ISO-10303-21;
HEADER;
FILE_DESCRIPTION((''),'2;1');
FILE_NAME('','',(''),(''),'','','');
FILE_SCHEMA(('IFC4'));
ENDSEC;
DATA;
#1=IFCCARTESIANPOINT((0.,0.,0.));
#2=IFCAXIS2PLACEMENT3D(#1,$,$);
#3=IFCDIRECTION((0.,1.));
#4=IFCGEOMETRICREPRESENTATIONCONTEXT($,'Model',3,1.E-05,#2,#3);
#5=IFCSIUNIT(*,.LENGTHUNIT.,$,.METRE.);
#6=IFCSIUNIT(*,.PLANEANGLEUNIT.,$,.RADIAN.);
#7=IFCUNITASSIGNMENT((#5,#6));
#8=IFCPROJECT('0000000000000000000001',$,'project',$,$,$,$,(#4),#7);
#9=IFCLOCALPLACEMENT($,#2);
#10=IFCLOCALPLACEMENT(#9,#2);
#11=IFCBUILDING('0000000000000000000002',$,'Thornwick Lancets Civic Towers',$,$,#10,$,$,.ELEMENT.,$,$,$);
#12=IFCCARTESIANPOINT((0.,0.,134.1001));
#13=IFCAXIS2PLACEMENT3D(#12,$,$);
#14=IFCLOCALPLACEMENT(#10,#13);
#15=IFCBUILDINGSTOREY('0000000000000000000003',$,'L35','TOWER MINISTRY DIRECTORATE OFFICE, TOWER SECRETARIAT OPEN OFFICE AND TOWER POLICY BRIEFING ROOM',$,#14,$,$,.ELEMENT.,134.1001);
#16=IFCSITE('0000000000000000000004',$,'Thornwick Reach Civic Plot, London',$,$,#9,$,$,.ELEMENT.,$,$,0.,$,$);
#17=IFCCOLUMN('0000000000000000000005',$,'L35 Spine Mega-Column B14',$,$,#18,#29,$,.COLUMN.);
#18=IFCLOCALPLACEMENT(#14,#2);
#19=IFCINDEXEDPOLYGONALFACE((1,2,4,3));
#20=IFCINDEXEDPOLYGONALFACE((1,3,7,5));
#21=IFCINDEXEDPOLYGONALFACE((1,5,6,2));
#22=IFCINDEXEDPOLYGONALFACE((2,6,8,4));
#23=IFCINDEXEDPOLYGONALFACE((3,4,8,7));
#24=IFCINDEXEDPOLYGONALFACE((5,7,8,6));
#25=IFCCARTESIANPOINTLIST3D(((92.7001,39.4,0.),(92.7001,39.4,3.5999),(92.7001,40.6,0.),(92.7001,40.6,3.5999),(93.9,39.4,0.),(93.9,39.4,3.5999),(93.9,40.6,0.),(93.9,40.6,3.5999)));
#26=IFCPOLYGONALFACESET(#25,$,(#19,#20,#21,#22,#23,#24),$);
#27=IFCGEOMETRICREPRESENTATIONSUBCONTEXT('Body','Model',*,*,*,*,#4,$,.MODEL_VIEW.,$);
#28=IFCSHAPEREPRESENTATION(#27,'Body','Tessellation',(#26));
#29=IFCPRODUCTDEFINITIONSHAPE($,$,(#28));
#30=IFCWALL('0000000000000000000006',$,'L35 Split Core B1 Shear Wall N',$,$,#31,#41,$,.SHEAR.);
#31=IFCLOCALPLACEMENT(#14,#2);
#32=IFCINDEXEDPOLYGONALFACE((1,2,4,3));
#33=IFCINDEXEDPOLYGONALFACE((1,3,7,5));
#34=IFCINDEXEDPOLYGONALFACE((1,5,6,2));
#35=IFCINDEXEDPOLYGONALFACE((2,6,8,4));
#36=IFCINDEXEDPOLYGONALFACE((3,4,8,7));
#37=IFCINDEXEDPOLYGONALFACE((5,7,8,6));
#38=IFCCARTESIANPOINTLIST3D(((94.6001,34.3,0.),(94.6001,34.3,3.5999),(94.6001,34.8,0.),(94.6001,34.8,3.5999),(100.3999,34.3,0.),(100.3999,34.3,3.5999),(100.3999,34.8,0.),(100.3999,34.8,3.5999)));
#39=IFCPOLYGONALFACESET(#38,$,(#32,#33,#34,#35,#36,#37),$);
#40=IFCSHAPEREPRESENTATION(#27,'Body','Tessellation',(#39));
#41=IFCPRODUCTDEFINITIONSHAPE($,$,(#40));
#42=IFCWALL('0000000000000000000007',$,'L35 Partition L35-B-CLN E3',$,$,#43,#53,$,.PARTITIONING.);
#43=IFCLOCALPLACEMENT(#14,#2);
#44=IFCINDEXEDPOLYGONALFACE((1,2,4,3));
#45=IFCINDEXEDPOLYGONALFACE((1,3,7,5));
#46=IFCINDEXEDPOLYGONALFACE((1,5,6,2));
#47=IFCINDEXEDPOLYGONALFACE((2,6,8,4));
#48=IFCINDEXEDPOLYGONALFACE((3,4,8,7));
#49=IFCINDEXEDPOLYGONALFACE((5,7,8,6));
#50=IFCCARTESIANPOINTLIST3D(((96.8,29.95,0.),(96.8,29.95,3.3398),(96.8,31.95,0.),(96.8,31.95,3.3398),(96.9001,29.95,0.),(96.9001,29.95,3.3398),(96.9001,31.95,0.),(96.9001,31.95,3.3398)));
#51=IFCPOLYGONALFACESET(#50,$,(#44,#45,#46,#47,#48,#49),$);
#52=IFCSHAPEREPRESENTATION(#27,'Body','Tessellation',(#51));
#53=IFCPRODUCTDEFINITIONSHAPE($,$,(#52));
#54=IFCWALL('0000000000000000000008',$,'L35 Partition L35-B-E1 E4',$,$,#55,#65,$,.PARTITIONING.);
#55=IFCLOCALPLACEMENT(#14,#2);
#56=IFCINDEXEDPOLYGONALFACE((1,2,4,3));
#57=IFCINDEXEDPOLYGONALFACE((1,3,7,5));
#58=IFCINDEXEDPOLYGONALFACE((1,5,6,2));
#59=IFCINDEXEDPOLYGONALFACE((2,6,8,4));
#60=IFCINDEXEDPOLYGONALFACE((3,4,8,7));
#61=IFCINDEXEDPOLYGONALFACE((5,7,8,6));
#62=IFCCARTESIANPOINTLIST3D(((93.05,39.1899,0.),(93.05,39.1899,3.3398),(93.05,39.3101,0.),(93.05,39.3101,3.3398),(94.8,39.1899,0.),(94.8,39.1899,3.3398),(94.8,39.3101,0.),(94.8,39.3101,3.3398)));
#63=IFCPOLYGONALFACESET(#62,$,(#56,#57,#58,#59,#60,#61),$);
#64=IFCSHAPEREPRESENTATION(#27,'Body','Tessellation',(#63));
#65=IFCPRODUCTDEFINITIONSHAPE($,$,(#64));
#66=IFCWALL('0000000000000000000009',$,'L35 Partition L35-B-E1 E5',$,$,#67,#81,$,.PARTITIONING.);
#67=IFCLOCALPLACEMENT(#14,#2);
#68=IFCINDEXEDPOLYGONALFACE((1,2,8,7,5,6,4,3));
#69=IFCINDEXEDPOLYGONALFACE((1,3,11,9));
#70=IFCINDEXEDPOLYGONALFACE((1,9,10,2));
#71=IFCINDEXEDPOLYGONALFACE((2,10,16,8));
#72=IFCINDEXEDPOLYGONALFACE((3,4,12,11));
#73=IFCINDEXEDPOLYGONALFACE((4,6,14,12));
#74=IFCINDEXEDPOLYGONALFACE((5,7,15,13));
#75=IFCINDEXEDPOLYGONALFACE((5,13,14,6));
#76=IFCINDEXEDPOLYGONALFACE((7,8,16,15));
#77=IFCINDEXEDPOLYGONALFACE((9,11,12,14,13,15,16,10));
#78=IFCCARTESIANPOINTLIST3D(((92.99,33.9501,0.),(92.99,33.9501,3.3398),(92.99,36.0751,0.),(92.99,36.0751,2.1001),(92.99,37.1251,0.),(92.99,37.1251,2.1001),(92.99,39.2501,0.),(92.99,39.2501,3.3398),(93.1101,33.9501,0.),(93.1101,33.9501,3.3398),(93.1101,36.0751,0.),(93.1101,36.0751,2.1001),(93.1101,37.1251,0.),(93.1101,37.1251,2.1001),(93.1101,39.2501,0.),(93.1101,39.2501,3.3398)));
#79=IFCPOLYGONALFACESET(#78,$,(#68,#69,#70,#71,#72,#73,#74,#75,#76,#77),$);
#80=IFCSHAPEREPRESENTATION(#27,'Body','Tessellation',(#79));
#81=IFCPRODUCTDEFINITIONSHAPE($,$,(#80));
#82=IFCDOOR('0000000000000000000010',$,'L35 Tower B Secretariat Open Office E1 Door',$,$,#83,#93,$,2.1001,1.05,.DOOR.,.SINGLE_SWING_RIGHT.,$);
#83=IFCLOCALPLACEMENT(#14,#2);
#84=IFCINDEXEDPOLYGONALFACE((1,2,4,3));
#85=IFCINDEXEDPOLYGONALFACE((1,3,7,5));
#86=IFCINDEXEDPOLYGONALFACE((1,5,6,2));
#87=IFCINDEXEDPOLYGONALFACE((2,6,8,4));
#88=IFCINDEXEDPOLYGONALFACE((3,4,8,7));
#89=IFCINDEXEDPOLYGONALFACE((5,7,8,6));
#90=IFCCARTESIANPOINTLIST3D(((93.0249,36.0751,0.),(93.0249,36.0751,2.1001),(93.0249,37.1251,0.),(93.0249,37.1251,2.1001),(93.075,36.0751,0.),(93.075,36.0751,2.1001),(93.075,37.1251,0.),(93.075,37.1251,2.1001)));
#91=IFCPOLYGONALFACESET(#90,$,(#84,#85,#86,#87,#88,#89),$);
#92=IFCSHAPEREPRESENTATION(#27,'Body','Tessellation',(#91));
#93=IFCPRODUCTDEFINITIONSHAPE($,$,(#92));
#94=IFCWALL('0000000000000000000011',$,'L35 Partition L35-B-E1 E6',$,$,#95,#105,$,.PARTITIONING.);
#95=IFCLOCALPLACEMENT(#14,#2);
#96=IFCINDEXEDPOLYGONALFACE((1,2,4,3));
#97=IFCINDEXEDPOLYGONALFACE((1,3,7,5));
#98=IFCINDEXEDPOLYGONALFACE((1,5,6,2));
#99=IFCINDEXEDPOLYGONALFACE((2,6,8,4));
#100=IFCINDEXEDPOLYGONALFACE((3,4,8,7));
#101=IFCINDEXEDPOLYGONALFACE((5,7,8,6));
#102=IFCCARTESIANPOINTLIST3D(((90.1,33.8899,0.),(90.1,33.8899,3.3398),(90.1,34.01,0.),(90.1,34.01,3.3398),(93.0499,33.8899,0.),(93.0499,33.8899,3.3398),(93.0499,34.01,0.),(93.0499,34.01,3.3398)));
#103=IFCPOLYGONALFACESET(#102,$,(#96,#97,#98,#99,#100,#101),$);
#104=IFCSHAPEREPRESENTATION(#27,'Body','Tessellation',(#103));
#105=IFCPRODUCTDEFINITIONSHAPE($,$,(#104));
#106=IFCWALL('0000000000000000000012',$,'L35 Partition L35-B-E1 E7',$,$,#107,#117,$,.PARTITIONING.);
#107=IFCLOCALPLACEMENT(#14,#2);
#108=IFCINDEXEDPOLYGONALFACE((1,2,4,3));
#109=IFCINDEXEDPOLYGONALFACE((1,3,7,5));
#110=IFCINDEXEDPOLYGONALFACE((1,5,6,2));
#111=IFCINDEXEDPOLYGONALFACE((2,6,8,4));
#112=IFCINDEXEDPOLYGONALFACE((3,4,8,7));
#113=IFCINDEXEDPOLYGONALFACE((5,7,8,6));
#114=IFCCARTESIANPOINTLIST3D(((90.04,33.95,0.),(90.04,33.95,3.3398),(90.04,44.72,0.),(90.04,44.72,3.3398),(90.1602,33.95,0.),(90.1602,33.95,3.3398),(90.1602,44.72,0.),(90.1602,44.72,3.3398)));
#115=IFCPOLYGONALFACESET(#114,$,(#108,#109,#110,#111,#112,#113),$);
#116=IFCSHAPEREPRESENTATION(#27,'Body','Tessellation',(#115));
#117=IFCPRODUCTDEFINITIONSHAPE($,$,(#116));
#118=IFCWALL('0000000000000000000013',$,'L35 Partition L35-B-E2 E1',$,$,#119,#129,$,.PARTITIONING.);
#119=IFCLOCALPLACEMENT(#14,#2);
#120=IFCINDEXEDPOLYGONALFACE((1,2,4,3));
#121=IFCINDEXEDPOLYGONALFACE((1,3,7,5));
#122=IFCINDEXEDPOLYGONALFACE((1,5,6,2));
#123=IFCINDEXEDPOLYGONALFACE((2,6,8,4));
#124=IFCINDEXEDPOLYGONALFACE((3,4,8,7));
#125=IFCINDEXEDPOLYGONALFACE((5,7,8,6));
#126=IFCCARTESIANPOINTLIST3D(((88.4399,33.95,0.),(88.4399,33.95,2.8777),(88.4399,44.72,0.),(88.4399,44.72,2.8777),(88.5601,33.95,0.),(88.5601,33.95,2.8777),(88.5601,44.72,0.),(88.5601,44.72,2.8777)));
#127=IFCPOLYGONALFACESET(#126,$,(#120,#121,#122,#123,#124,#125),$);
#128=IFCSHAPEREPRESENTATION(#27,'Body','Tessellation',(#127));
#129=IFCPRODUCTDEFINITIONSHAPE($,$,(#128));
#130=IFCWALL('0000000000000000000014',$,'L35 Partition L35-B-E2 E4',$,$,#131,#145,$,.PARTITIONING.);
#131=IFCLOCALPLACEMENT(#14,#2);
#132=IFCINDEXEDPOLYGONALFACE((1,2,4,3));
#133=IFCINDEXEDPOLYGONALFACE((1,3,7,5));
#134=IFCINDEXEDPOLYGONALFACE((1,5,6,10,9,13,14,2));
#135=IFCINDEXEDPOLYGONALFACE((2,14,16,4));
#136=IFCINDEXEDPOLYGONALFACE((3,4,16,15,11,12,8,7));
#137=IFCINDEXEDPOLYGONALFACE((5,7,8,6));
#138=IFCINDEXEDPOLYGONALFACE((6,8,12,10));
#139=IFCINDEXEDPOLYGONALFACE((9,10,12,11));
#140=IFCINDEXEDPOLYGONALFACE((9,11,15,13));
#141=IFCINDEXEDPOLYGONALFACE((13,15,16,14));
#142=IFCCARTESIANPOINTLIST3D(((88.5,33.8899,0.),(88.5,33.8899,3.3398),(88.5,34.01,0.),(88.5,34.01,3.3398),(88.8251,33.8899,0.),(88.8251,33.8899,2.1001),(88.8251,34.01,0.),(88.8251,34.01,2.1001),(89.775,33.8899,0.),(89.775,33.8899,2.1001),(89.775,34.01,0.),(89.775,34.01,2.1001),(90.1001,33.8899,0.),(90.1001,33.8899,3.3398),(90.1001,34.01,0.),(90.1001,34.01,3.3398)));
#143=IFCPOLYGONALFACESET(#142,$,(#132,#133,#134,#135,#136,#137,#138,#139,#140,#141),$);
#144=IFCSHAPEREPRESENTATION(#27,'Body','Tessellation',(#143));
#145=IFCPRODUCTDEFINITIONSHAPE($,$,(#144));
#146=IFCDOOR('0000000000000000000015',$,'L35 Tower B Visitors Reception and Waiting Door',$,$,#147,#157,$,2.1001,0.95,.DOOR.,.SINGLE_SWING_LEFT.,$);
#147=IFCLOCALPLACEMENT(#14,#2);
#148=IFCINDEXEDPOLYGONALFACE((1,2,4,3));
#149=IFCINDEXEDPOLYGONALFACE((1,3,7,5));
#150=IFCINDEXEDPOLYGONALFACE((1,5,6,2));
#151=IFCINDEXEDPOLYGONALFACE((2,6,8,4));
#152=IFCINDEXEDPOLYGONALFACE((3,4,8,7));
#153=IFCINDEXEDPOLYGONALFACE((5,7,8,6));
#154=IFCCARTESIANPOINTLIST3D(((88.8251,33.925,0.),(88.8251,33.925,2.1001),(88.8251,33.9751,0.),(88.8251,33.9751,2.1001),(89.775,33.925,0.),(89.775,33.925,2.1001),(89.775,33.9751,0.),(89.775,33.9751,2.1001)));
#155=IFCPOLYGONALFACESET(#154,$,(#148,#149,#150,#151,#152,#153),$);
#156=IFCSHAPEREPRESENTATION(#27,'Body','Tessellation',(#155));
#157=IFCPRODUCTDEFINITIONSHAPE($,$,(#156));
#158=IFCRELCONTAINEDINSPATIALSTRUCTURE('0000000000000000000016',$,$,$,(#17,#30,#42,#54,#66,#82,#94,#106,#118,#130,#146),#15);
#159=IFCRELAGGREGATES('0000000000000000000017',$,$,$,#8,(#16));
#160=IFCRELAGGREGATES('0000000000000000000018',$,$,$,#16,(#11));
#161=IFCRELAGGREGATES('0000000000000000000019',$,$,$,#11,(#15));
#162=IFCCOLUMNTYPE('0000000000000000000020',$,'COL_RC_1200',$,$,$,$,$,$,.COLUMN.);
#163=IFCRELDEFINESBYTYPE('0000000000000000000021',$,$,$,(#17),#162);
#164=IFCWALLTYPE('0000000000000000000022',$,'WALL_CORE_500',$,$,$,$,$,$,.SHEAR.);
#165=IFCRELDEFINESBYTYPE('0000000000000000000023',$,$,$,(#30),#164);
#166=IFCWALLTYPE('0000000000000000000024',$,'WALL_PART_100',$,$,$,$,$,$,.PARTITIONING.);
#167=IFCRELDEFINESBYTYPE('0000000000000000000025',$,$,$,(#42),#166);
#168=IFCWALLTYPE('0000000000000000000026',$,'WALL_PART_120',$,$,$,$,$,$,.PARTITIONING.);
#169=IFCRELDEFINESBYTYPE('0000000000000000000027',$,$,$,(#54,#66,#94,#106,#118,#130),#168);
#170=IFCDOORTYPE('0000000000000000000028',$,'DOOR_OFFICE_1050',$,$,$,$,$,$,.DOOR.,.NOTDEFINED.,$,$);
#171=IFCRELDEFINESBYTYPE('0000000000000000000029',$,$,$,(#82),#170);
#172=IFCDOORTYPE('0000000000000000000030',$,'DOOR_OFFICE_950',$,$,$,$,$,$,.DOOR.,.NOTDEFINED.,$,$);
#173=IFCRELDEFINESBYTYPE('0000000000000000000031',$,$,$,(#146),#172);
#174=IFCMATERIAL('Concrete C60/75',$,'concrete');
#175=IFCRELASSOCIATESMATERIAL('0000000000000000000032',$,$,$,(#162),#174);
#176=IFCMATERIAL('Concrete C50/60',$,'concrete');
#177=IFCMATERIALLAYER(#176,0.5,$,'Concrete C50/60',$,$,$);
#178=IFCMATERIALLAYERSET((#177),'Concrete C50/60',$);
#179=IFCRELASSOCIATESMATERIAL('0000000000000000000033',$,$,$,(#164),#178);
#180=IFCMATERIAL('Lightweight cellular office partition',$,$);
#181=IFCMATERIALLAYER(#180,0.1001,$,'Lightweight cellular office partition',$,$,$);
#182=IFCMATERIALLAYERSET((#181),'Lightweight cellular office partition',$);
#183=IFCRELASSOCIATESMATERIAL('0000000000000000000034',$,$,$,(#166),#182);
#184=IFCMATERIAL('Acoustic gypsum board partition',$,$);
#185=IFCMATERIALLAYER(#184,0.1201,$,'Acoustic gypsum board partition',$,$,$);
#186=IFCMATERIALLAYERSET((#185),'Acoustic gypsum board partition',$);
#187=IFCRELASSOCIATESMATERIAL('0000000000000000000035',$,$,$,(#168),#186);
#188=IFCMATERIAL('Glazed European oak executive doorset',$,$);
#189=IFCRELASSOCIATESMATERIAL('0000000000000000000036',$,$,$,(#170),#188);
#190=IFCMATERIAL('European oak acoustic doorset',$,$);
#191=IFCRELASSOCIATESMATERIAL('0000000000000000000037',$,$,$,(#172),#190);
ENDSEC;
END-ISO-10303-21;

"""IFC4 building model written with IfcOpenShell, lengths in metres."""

from ifc_helpers import new_model, si_unit, direction, frame, frame_2d, origin, origin_2d, place, context, subcontext, project, spatial, rectangle, extrude, material, layer, layer_set, material_profile, profile_set, type_object, element, fill, save


model = new_model("IFC4")

# Units and contexts
model_context = context("Model", 3, precision=1e-05, world=origin(), true_north=direction((0.0, 1.0)))
body_context = subcontext(model_context, "Body", "Model", "MODEL_VIEW")
ifc_project = project(units=[si_unit("LENGTHUNIT", "METRE"), si_unit("PLANEANGLEUNIT", "RADIAN")], contexts=[model_context])

# Site, building, storey
site_placement = place(None, origin())
site = spatial("IfcSite", under=ifc_project, at=site_placement, Name="Thornwick Reach Civic Plot, London", CompositionType="ELEMENT", RefElevation=0.0)
building_placement = place(site_placement, origin())
building = spatial("IfcBuilding", under=site, at=building_placement, Name="Thornwick Lancets Civic Towers", CompositionType="ELEMENT")
storey_placement = place(building_placement, frame((0.0, 0.0, 134.1001)))
storey = spatial("IfcBuildingStorey", under=building, at=storey_placement, Name="L35", Description="TOWER MINISTRY DIRECTORATE OFFICE, TOWER SECRETARIAT OPEN OFFICE AND TOWER POLICY BRIEFING ROOM", CompositionType="ELEMENT", Elevation=134.1001)

# Column
ifc_material_1 = material(Name="Concrete C60/75", Category="concrete")
ifc_material_profile = material_profile(ifc_material_1, rectangle(XDim=1.2, YDim=1.2, at=origin_2d()), Name="RC 1200x1200")
ifc_profile_set = profile_set([ifc_material_profile], Name="Concrete C60/75")
column_type = type_object("IfcColumnType", Name="COL_RC_1200", PredefinedType="COLUMN", material=ifc_profile_set)
column_placement = place(storey_placement, frame((93.3, 40.0, 0.0), z_axis=(0.0, 0.0, 1.0), x_axis=(1.0, 0.0, 0.0)))
element("IfcColumn", 1, at=column_placement, inside=storey, type_object=column_type, Name="L35 Spine Mega-Column B14", PredefinedType="COLUMN", context=body_context, shape_type="SweptSolid", body=[
    extrude(rectangle(XDim=1.2, YDim=1.2, at=origin_2d()), origin(), (0.0, 0.0, 1.0), 3.5999),
])

# Walls
ifc_material_2 = material(Name="Concrete C50/60", Category="concrete")
ifc_layer_1 = layer(ifc_material_2, 0.5, Name="Concrete C50/60")
ifc_layer_set_1 = layer_set([ifc_layer_1], Name="Concrete C50/60")
wall_type_1 = type_object("IfcWallType", Name="WALL_CORE_500", PredefinedType="SHEAR", material=ifc_layer_set_1)
wall_1_placement = place(storey_placement, frame((94.6001, 34.55, 0.0), z_axis=(0.0, 0.0, 1.0), x_axis=(1.0, 0.0, 0.0)))
element("IfcWall", 2, at=wall_1_placement, inside=storey, type_object=wall_type_1, Name="L35 Split Core B1 Shear Wall N", PredefinedType="SHEAR", context=body_context, shape_type="SweptSolid", body=[
    extrude(rectangle(XDim=5.7998, YDim=0.5, at=frame_2d((2.8999, 0.0))), origin(), (0.0, 0.0, 1.0), 3.5999),
])
ifc_material_3 = material(Name="Lightweight cellular office partition")
ifc_layer_2 = layer(ifc_material_3, 0.1001, Name="Lightweight cellular office partition")
ifc_layer_set_2 = layer_set([ifc_layer_2], Name="Lightweight cellular office partition")
wall_type_2 = type_object("IfcWallType", Name="WALL_PART_100", PredefinedType="PARTITIONING", material=ifc_layer_set_2)
wall_2_placement = place(storey_placement, frame((96.8501, 31.95, 0.0), z_axis=(0.0, 0.0, 1.0), x_axis=(0.0, -1.0, 0.0)))
element("IfcWall", 3, at=wall_2_placement, inside=storey, type_object=wall_type_2, Name="L35 Partition L35-B-CLN E3", PredefinedType="PARTITIONING", context=body_context, shape_type="SweptSolid", body=[
    extrude(rectangle(XDim=2.0, YDim=0.1001, at=frame_2d((1.0, 0.0))), origin(), (0.0, 0.0, 1.0), 3.3398),
])
ifc_material_4 = material(Name="Acoustic gypsum board partition")
ifc_layer_3 = layer(ifc_material_4, 0.1201, Name="Acoustic gypsum board partition")
ifc_layer_set_3 = layer_set([ifc_layer_3], Name="Acoustic gypsum board partition")
wall_type_3 = type_object("IfcWallType", Name="WALL_PART_120", PredefinedType="PARTITIONING", material=ifc_layer_set_3)
wall_3_placement = place(storey_placement, frame((94.8, 39.25, 0.0), z_axis=(0.0, 0.0, 1.0), x_axis=(-1.0, 0.0, 0.0)))
element("IfcWall", 4, at=wall_3_placement, inside=storey, type_object=wall_type_3, Name="L35 Partition L35-B-E1 E4", PredefinedType="PARTITIONING", context=body_context, shape_type="SweptSolid", body=[
    extrude(rectangle(XDim=1.75, YDim=0.1201, at=frame_2d((0.875, 0.0))), origin(), (0.0, 0.0, 1.0), 3.3398),
])

# Wall, opening, door
wall_4_placement = place(storey_placement, frame((93.05, 39.25, 0.0), z_axis=(0.0, 0.0, 1.0), x_axis=(0.0, -1.0, 0.0)))
wall_4 = element("IfcWall", 5, at=wall_4_placement, inside=storey, type_object=wall_type_3, Name="L35 Partition L35-B-E1 E5", PredefinedType="PARTITIONING", context=body_context, shape_type="SweptSolid", body=[
    extrude(rectangle(XDim=5.3, YDim=0.1201, at=frame_2d((2.6499, 0.0))), origin(), (0.0, 0.0, 1.0), 3.3398),
])
opening_1_placement = place(wall_4_placement, frame((2.125, 0.0, 0.0)))
opening_1 = element("IfcOpeningElement", 6, at=opening_1_placement, cuts=wall_4, PredefinedType="OPENING", context=body_context, shape_type="SweptSolid", body=[
    extrude(rectangle(XDim=1.05, YDim=2.1001, at=frame_2d((0.5249, 1.05))), frame((0.0, 0.0701, 0.0), z_axis=(0.0, -1.0, 0.0), x_axis=(1.0, 0.0, 0.0)), (0.0, 0.0, 1.0), 0.1401),
])
ifc_material_5 = material(Name="Glazed European oak executive doorset")
door_type_1 = type_object("IfcDoorType", Name="DOOR_OFFICE_1050", OperationType="NOTDEFINED", PredefinedType="DOOR", material=ifc_material_5)
door_1_placement = place(opening_1_placement, origin())
door_1 = element("IfcDoor", 7, at=door_1_placement, inside=storey, type_object=door_type_1, Name="L35 Tower B Secretariat Open Office E1 Door", OperationType="SINGLE_SWING_RIGHT", OverallHeight=2.1001, OverallWidth=1.05, PredefinedType="DOOR", context=body_context, shape_type="SweptSolid", body=[
    extrude(rectangle(XDim=1.05, YDim=2.1001, at=frame_2d((0.5249, 1.05))), frame((0.0, 0.0249, 0.0), z_axis=(0.0, -1.0, 0.0), x_axis=(1.0, 0.0, 0.0)), (0.0, 0.0, 1.0), 0.05),
])
fill(opening_1, door_1)

# Walls
wall_5_placement = place(storey_placement, frame((93.05, 33.95, 0.0), z_axis=(0.0, 0.0, 1.0), x_axis=(-1.0, 0.0, 0.0)))
element("IfcWall", 8, at=wall_5_placement, inside=storey, type_object=wall_type_3, Name="L35 Partition L35-B-E1 E6", PredefinedType="PARTITIONING", context=body_context, shape_type="SweptSolid", body=[
    extrude(rectangle(XDim=2.95, YDim=0.1201, at=frame_2d((1.4751, 0.0))), origin(), (0.0, 0.0, 1.0), 3.3398),
])
wall_6_placement = place(storey_placement, frame((90.1001, 33.95, 0.0), z_axis=(0.0, 0.0, 1.0), x_axis=(0.0, 1.0, 0.0)))
element("IfcWall", 9, at=wall_6_placement, inside=storey, type_object=wall_type_3, Name="L35 Partition L35-B-E1 E7", PredefinedType="PARTITIONING", context=body_context, shape_type="SweptSolid", body=[
    extrude(rectangle(XDim=10.77, YDim=0.1201, at=frame_2d((5.385, 0.0))), origin(), (0.0, 0.0, 1.0), 3.3398),
])
wall_7_placement = place(storey_placement, frame((88.5, 33.95, 0.0), z_axis=(0.0, 0.0, 1.0), x_axis=(0.0, 1.0, 0.0)))
element("IfcWall", 10, at=wall_7_placement, inside=storey, type_object=wall_type_3, Name="L35 Partition L35-B-E2 E1", PredefinedType="PARTITIONING", context=body_context, shape_type="SweptSolid", body=[
    extrude(rectangle(XDim=10.77, YDim=0.1201, at=frame_2d((5.385, 0.0))), origin(), (0.0, 0.0, 1.0), 2.8777),
])

# Wall, opening, door
wall_8_placement = place(storey_placement, frame((90.1001, 33.95, 0.0), z_axis=(0.0, 0.0, 1.0), x_axis=(-1.0, 0.0, 0.0)))
wall_8 = element("IfcWall", 11, at=wall_8_placement, inside=storey, type_object=wall_type_3, Name="L35 Partition L35-B-E2 E4", PredefinedType="PARTITIONING", context=body_context, shape_type="SweptSolid", body=[
    extrude(rectangle(XDim=1.6001, YDim=0.1201, at=frame_2d((0.8, 0.0))), origin(), (0.0, 0.0, 1.0), 3.3398),
])
opening_2_placement = place(wall_8_placement, frame((0.325, 0.0, 0.0)))
opening_2 = element("IfcOpeningElement", 12, at=opening_2_placement, cuts=wall_8, PredefinedType="OPENING", context=body_context, shape_type="SweptSolid", body=[
    extrude(rectangle(XDim=0.95, YDim=2.1001, at=frame_2d((0.4751, 1.05))), frame((0.0, 0.0701, 0.0), z_axis=(0.0, -1.0, 0.0), x_axis=(1.0, 0.0, 0.0)), (0.0, 0.0, 1.0), 0.1401),
])
ifc_material_6 = material(Name="European oak acoustic doorset")
door_type_2 = type_object("IfcDoorType", Name="DOOR_OFFICE_950", OperationType="NOTDEFINED", PredefinedType="DOOR", material=ifc_material_6)
door_2_placement = place(opening_2_placement, origin())
door_2 = element("IfcDoor", 13, at=door_2_placement, inside=storey, type_object=door_type_2, Name="L35 Tower B Visitors Reception and Waiting Door", OperationType="SINGLE_SWING_LEFT", OverallHeight=2.1001, OverallWidth=0.95, PredefinedType="DOOR", context=body_context, shape_type="SweptSolid", body=[
    extrude(rectangle(XDim=0.95, YDim=2.1001, at=frame_2d((0.4751, 1.05))), frame((0.0, 0.0249, 0.0), z_axis=(0.0, -1.0, 0.0), x_axis=(1.0, 0.0, 0.0)), (0.0, 0.0, 1.0), 0.05),
])
fill(opening_2, door_2)

save(model, "model.ifc")
